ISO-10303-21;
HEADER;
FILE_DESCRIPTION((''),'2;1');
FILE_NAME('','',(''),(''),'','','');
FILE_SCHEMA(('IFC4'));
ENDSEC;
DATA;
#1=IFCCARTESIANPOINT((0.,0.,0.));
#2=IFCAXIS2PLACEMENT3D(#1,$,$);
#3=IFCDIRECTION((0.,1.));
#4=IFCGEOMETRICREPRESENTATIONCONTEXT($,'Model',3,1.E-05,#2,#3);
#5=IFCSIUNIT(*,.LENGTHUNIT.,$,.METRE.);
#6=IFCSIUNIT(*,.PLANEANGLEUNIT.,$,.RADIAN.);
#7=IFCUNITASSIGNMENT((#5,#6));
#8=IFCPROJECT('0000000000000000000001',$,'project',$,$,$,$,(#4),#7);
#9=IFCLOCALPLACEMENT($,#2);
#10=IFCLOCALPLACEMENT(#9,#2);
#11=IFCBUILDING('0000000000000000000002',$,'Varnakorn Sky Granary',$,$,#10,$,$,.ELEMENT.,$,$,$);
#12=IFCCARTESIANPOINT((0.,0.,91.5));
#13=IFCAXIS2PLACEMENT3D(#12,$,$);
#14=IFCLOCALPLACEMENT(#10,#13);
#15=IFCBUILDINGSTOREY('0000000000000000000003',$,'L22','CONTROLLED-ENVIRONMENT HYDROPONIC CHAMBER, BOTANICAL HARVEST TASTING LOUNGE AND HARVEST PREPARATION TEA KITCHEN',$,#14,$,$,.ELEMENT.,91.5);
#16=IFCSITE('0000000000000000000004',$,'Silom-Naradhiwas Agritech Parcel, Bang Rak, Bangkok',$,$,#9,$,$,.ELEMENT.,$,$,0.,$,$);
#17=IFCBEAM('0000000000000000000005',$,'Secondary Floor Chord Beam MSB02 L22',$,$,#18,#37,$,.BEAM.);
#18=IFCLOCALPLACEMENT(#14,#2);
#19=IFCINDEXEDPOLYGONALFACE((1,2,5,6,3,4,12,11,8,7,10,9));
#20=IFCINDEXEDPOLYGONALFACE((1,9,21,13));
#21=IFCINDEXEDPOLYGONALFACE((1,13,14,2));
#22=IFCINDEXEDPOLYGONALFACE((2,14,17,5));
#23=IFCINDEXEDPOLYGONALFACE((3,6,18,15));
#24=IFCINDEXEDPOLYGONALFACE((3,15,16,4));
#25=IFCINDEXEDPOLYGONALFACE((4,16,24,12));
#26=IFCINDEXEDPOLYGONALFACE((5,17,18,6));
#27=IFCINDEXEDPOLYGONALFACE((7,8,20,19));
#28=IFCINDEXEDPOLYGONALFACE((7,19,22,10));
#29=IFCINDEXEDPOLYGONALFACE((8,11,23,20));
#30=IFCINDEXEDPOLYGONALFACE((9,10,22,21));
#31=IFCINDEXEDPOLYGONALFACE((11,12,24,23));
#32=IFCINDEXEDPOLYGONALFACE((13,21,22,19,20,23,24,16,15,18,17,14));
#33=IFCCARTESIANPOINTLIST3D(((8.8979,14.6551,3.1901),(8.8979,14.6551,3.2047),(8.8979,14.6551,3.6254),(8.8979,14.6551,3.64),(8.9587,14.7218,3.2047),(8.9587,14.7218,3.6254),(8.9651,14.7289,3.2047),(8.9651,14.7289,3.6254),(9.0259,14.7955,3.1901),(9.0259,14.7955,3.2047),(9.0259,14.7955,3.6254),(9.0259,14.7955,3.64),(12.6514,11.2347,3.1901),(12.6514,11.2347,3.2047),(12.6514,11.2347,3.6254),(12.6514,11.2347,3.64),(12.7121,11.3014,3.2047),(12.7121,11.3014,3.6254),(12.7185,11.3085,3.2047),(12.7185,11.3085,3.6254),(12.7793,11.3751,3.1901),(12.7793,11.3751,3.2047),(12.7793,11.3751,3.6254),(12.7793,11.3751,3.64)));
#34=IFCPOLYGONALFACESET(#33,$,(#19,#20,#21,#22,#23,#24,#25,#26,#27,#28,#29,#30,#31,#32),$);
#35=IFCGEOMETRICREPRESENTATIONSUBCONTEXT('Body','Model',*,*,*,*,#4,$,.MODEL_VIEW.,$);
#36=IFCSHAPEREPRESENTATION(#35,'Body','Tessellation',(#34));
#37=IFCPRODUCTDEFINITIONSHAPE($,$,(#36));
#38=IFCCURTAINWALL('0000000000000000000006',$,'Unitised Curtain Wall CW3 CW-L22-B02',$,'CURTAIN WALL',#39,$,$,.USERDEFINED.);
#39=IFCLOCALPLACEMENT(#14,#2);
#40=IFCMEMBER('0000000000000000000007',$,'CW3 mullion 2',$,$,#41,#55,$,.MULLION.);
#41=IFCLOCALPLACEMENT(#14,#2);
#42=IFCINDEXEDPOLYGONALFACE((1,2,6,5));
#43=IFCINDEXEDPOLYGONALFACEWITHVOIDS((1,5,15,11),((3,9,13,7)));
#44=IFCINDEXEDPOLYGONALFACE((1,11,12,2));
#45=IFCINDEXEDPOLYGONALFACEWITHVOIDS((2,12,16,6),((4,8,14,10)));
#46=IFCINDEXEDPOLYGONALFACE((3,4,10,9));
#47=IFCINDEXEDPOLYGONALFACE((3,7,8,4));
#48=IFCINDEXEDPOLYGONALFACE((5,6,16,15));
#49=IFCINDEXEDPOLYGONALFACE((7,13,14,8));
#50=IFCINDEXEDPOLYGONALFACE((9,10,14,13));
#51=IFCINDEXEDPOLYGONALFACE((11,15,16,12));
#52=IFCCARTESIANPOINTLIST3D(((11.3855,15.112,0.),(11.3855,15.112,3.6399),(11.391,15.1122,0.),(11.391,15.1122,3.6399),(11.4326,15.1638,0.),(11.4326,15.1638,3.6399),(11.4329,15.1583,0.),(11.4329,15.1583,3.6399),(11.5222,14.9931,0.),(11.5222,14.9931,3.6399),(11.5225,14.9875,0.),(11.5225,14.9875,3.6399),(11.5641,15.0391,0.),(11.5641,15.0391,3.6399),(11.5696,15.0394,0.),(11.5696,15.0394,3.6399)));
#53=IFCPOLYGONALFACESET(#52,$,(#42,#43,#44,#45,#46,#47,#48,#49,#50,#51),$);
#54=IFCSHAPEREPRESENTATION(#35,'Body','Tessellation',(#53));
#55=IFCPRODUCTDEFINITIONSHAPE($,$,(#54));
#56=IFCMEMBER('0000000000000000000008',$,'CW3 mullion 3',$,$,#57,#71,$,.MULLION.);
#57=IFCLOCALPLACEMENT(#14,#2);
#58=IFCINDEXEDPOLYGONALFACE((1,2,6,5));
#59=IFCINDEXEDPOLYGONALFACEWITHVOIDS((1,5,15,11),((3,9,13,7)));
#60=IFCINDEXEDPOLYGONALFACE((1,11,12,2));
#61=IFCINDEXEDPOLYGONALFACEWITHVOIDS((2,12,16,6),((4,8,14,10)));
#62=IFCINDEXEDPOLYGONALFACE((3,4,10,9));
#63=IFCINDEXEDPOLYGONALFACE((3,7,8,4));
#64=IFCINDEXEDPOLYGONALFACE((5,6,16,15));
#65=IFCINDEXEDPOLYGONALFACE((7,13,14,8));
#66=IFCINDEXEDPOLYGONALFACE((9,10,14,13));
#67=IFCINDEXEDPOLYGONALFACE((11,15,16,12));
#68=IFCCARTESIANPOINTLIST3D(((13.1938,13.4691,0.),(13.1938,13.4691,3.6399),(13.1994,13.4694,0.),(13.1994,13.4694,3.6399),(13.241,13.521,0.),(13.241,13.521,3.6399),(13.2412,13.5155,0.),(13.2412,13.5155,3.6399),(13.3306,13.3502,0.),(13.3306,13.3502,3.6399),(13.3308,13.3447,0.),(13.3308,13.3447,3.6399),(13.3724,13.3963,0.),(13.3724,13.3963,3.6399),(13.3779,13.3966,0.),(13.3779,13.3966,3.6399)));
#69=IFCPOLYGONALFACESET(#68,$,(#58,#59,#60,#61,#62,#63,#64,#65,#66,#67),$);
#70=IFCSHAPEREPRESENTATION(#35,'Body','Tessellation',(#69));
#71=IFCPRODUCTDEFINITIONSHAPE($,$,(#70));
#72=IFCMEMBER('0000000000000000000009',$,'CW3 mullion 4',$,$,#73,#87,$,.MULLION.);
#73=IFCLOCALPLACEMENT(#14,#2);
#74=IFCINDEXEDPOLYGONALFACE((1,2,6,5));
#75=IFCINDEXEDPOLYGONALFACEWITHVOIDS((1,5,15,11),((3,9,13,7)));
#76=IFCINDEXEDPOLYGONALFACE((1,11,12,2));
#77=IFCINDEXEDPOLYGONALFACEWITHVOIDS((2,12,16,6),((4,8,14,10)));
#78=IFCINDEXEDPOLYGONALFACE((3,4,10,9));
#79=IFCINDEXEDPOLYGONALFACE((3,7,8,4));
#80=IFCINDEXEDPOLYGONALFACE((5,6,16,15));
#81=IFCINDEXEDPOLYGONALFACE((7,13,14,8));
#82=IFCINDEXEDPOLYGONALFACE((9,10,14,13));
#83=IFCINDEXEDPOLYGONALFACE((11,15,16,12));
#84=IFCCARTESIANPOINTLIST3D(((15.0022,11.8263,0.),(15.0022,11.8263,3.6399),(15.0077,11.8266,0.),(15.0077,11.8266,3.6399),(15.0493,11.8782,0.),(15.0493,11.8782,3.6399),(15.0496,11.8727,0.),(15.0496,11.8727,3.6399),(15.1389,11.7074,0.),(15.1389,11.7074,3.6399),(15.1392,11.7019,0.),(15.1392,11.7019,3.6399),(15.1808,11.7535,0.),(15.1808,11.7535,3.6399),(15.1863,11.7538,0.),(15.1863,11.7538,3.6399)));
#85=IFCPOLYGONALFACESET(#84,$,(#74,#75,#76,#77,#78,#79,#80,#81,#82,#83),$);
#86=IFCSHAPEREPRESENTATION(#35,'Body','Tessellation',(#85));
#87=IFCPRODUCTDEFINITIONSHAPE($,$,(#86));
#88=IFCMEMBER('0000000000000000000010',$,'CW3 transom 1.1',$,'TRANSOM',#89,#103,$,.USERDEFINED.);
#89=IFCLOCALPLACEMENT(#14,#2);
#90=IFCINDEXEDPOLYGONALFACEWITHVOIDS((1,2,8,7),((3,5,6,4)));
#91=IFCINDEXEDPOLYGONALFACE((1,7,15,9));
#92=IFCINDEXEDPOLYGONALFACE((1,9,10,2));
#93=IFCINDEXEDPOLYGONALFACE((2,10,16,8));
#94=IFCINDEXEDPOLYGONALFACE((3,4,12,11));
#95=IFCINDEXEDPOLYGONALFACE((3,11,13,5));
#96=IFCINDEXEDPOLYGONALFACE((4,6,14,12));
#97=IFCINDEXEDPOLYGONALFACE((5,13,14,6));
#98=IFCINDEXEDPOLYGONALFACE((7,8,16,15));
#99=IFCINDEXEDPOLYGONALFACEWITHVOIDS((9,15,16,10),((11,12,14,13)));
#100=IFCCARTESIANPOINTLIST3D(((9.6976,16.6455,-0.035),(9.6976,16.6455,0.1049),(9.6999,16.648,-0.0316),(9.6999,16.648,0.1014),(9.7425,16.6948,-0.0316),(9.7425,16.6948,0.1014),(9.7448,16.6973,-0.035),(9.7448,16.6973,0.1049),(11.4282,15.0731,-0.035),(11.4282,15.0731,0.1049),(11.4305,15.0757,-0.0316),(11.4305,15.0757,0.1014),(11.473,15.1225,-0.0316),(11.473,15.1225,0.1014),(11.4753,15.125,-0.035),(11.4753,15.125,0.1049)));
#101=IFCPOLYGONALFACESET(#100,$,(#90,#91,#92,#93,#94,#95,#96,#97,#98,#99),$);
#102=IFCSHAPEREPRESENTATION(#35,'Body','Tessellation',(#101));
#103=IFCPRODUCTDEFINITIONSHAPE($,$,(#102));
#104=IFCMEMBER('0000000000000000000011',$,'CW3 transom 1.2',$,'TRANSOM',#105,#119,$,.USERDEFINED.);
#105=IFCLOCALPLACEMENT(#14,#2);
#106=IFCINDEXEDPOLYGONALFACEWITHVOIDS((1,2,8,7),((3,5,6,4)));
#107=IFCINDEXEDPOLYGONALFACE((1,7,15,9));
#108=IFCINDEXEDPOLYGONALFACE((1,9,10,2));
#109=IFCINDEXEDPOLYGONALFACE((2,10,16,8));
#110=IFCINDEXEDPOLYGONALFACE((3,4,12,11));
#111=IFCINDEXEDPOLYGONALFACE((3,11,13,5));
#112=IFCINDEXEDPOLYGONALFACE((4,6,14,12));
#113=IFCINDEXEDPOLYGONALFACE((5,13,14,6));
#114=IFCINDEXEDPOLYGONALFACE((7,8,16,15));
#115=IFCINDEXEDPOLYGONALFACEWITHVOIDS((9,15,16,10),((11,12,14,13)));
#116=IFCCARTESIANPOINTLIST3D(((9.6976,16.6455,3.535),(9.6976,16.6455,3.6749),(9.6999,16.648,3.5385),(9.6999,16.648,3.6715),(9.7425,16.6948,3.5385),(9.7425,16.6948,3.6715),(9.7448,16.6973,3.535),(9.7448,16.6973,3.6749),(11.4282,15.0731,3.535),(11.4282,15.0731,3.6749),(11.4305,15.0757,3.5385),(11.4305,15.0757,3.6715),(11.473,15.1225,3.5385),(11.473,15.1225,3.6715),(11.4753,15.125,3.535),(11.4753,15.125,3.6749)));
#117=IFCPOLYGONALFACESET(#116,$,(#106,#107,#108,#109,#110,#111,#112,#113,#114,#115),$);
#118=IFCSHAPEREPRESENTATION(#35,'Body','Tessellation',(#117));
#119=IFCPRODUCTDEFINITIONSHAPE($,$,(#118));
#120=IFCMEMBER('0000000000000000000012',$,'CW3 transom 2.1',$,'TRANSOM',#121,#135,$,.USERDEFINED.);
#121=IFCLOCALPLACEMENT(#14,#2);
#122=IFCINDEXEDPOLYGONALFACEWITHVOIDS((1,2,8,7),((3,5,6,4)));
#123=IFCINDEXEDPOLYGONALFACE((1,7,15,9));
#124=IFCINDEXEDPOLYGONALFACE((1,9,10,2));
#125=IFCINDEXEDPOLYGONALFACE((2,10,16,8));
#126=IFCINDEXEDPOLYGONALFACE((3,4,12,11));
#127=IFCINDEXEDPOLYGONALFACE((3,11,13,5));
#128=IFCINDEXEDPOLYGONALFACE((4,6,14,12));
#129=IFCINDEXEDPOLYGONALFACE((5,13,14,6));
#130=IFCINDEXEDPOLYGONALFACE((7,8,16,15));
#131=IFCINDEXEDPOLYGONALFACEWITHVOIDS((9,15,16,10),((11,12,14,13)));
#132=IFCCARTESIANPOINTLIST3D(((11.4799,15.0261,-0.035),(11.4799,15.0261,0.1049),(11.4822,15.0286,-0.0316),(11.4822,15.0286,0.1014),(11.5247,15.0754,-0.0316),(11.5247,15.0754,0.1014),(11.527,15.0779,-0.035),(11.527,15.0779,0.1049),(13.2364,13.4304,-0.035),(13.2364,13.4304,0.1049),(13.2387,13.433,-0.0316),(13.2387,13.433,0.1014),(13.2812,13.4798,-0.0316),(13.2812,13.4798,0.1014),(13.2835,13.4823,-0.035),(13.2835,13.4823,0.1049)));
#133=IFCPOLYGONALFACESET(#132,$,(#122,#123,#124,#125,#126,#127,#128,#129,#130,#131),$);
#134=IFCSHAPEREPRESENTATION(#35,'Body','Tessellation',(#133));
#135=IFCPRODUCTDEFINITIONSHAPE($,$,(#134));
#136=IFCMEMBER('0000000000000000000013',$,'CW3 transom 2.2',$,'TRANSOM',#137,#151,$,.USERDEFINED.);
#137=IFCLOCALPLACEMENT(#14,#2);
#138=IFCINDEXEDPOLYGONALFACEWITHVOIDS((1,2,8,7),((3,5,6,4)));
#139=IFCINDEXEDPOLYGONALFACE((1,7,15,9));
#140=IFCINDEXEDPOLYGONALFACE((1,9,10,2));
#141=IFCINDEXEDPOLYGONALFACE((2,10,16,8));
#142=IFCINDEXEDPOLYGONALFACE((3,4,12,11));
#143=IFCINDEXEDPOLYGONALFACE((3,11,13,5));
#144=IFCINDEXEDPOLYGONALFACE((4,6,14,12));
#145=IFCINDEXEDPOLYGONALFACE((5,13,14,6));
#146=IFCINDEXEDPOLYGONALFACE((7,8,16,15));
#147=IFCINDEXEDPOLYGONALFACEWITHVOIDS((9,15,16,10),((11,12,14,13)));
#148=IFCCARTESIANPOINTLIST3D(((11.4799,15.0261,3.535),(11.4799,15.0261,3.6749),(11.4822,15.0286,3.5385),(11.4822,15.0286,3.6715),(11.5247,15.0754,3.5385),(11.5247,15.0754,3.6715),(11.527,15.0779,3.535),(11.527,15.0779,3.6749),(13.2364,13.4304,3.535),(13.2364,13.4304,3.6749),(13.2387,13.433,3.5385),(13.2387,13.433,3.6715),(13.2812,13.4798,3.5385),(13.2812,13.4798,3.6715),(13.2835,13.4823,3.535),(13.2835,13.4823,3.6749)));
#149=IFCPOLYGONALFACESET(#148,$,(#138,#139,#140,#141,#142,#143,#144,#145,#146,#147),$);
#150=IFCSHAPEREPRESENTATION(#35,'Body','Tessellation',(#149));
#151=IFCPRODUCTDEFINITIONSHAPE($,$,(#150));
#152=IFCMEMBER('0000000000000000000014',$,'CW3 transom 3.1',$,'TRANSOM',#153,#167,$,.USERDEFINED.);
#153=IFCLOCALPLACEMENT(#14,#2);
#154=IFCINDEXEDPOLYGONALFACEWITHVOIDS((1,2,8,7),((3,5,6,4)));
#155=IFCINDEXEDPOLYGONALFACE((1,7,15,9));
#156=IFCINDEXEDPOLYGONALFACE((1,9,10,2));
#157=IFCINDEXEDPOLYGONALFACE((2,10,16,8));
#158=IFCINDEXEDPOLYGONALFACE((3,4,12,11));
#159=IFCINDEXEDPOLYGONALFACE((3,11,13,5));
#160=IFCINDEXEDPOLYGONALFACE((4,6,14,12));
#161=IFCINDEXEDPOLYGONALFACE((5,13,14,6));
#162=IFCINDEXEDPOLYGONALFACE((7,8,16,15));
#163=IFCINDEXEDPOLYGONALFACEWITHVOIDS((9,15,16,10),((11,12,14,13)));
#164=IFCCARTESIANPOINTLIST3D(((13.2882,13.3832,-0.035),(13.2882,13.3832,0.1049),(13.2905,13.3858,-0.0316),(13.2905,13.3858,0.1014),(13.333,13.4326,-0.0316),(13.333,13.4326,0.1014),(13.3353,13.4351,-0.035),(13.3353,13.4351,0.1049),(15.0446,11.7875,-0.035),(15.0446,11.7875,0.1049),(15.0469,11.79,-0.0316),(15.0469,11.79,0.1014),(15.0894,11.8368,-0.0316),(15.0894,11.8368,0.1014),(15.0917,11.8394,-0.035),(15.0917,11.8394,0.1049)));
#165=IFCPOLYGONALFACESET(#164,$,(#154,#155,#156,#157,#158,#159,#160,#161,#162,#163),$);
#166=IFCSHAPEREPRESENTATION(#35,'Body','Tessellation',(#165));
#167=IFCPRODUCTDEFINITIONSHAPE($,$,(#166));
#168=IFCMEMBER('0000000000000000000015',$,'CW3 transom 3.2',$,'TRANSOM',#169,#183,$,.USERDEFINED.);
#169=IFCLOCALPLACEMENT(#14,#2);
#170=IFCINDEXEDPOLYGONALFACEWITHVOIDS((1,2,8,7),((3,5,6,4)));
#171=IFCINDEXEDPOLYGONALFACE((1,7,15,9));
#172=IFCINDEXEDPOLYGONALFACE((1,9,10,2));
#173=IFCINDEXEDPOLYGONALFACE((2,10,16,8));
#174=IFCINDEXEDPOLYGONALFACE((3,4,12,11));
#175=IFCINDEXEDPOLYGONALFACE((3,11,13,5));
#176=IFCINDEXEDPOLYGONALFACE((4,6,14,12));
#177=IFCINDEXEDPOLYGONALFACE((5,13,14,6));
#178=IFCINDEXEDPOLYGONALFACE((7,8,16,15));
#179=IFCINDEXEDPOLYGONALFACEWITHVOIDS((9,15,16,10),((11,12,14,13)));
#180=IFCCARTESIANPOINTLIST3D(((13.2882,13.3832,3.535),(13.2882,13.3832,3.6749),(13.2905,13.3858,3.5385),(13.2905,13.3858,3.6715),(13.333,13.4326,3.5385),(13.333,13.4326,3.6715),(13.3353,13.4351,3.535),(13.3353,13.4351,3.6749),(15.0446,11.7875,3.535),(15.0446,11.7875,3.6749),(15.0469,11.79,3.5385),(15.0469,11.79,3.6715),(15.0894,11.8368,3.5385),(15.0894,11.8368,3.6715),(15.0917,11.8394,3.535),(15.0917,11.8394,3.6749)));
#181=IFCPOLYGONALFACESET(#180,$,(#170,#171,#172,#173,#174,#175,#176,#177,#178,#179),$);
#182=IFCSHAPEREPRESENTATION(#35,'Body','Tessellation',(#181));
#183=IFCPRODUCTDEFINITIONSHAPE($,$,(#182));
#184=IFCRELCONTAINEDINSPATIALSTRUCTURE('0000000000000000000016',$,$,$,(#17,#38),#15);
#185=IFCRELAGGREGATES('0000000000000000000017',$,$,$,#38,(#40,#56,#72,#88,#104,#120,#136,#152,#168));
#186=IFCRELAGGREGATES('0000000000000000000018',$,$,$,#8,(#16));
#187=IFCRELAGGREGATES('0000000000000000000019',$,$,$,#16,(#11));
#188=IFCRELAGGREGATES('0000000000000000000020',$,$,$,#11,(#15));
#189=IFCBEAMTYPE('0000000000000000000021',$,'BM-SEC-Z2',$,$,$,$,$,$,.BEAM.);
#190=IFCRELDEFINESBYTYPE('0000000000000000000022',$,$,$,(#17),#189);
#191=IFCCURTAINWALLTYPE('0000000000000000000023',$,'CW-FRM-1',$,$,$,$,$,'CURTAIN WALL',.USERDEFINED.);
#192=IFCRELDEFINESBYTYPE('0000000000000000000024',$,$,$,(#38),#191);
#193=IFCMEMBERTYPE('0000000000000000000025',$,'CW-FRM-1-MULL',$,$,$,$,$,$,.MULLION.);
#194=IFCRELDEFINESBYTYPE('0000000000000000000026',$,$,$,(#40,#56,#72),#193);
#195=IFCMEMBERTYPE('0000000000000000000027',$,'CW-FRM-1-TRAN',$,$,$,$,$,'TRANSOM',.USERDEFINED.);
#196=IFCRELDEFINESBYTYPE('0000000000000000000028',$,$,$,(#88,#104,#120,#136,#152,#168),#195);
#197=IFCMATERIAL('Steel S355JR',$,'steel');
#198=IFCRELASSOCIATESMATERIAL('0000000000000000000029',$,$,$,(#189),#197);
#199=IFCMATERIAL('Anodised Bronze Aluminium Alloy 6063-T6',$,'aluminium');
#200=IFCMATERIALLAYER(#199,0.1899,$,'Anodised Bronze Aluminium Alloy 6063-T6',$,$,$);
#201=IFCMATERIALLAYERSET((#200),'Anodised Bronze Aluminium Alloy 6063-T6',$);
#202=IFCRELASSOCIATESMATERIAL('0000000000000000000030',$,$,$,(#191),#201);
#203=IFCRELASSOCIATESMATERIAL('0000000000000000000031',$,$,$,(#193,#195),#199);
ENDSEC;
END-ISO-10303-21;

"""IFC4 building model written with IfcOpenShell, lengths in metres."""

from ifc_helpers import new_model, si_unit, direction, frame, origin, origin_2d, place, context, subcontext, project, spatial, hollow_rectangle, i_section, extrude, material, layer, layer_set, material_profile, profile_set, type_object, element, aggregate, save


model = new_model("IFC4")

# Units and contexts
model_context = context("Model", 3, precision=1e-05, world=origin(), true_north=direction((0.0, 1.0)))
body_context = subcontext(model_context, "Body", "Model", "MODEL_VIEW")
ifc_project = project(units=[si_unit("LENGTHUNIT", "METRE"), si_unit("PLANEANGLEUNIT", "RADIAN")], contexts=[model_context])

# Site, building, storey
site_placement = place(None, origin())
site = spatial("IfcSite", under=ifc_project, at=site_placement, Name="Silom-Naradhiwas Agritech Parcel, Bang Rak, Bangkok", CompositionType="ELEMENT", RefElevation=0.0)
building_placement = place(site_placement, origin())
building = spatial("IfcBuilding", under=site, at=building_placement, Name="Varnakorn Sky Granary", CompositionType="ELEMENT")
storey_placement = place(building_placement, frame((0.0, 0.0, 91.5)))
storey = spatial("IfcBuildingStorey", under=building, at=storey_placement, Name="L22", Description="CONTROLLED-ENVIRONMENT HYDROPONIC CHAMBER, BOTANICAL HARVEST TASTING LOUNGE AND HARVEST PREPARATION TEA KITCHEN", CompositionType="ELEMENT", Elevation=91.5)

# Beam
ifc_material_1 = material(Name="Steel S355JR", Category="steel")
ifc_material_profile_1 = material_profile(ifc_material_1, i_section(OverallWidth=0.1899, OverallDepth=0.45, WebThickness=0.0095, FlangeThickness=0.0146, at=origin_2d()), Name="IPE 450")
ifc_profile_set_1 = profile_set([ifc_material_profile_1], Name="Steel S355JR")
beam_type = type_object("IfcBeamType", Name="BM-SEC-Z2", PredefinedType="BEAM", material=ifc_profile_set_1)
beam_placement = place(storey_placement, frame((12.7153, 11.3049, 3.415), z_axis=(-0.739135, 0.673558, 0.0), x_axis=(-0.673558, -0.739135, 0.0)))
element("IfcBeam", 1, at=beam_placement, inside=storey, type_object=beam_type, Name="Secondary Floor Chord Beam MSB02 L22", PredefinedType="BEAM", context=body_context, shape_type="SweptSolid", body=[
    extrude(i_section(OverallWidth=0.1899, OverallDepth=0.45, WebThickness=0.0095, FlangeThickness=0.0146, at=origin_2d()), origin(), (0.0, 0.0, 1.0), 5.0781),
])

# Curtain wall, members
ifc_material_2 = material(Name="Anodised Bronze Aluminium Alloy 6063-T6", Category="aluminium")
ifc_layer_1 = layer(ifc_material_2, 0.1899, Name="Anodised Bronze Aluminium Alloy 6063-T6")
ifc_layer_set_1 = layer_set([ifc_layer_1], Name="Anodised Bronze Aluminium Alloy 6063-T6")
curtain_wall_type = type_object("IfcCurtainWallType", Name="CW-FRM-1", ElementType="CURTAIN WALL", PredefinedType="USERDEFINED", material=ifc_layer_set_1)
curtain_wall_placement = place(storey_placement, origin())
curtain_wall = element("IfcCurtainWall", 2, at=curtain_wall_placement, inside=storey, type_object=curtain_wall_type, Name="Unitised Curtain Wall CW3 CW-L22-B02", ObjectType="CURTAIN WALL", PredefinedType="USERDEFINED")
ifc_material_profile_2 = material_profile(ifc_material_2, hollow_rectangle(XDim=0.0701, YDim=0.1851, WallThickness=0.0039, at=origin_2d()), Name="ALU MULL 70x185")
ifc_profile_set_2 = profile_set([ifc_material_profile_2], Name="Anodised Bronze Aluminium Alloy 6063-T6")
member_type_1 = type_object("IfcMemberType", Name="CW-FRM-1-MULL", PredefinedType="MULLION", material=ifc_profile_set_2)
member_1_placement = place(storey_placement, frame((11.4775, 15.0757, 0.0), z_axis=(0.0, 0.0, 1.0), x_axis=(0.672429, 0.740161, 0.0)))
member_1 = element("IfcMember", 3, at=member_1_placement, type_object=member_type_1, Name="CW3 mullion 2", PredefinedType="MULLION", context=body_context, shape_type="SweptSolid", body=[
    extrude(hollow_rectangle(XDim=0.0701, YDim=0.1851, WallThickness=0.0039, at=origin_2d()), origin(), (0.0, 0.0, 1.0), 3.6399),
])
member_2_placement = place(storey_placement, frame((13.2859, 13.4329, 0.0), z_axis=(0.0, 0.0, 1.0), x_axis=(0.672429, 0.740161, 0.0)))
member_2 = element("IfcMember", 4, at=member_2_placement, type_object=member_type_1, Name="CW3 mullion 3", PredefinedType="MULLION", context=body_context, shape_type="SweptSolid", body=[
    extrude(hollow_rectangle(XDim=0.0701, YDim=0.1851, WallThickness=0.0039, at=origin_2d()), origin(), (0.0, 0.0, 1.0), 3.6399),
])
member_3_placement = place(storey_placement, frame((15.0942, 11.79, 0.0), z_axis=(0.0, 0.0, 1.0), x_axis=(0.672429, 0.740161, 0.0)))
member_3 = element("IfcMember", 5, at=member_3_placement, type_object=member_type_1, Name="CW3 mullion 4", PredefinedType="MULLION", context=body_context, shape_type="SweptSolid", body=[
    extrude(hollow_rectangle(XDim=0.0701, YDim=0.1851, WallThickness=0.0039, at=origin_2d()), origin(), (0.0, 0.0, 1.0), 3.6399),
])
ifc_material_profile_3 = material_profile(ifc_material_2, hollow_rectangle(XDim=0.0701, YDim=0.1399, WallThickness=0.0034, at=origin_2d()), Name="ALU TRAN 70x140")
ifc_profile_set_3 = profile_set([ifc_material_profile_3], Name="Anodised Bronze Aluminium Alloy 6063-T6")
member_type_2 = type_object("IfcMemberType", Name="CW-FRM-1-TRAN", ElementType="TRANSOM", PredefinedType="USERDEFINED", material=ifc_profile_set_3)
member_4_placement = place(storey_placement, frame((9.7212, 16.6714, 0.0349), z_axis=(0.740129, -0.672465, 0.0), x_axis=(0.672465, 0.740129, 0.0)))
member_4 = element("IfcMember", 6, at=member_4_placement, type_object=member_type_2, Name="CW3 transom 1.1", ObjectType="TRANSOM", PredefinedType="USERDEFINED", context=body_context, shape_type="SweptSolid", body=[
    extrude(hollow_rectangle(XDim=0.0701, YDim=0.1399, WallThickness=0.0034, at=origin_2d()), origin(), (0.0, 0.0, 1.0), 2.3381),
])
member_5_placement = place(storey_placement, frame((9.7212, 16.6714, 3.605), z_axis=(0.740129, -0.672465, 0.0), x_axis=(0.672465, 0.740129, 0.0)))
member_5 = element("IfcMember", 7, at=member_5_placement, type_object=member_type_2, Name="CW3 transom 1.2", ObjectType="TRANSOM", PredefinedType="USERDEFINED", context=body_context, shape_type="SweptSolid", body=[
    extrude(hollow_rectangle(XDim=0.0701, YDim=0.1399, WallThickness=0.0034, at=origin_2d()), origin(), (0.0, 0.0, 1.0), 2.3381),
])
member_6_placement = place(storey_placement, frame((11.5034, 15.052, 0.0349), z_axis=(0.740191, -0.672396, 0.0), x_axis=(0.672396, 0.740191, 0.0)))
member_6 = element("IfcMember", 8, at=member_6_placement, type_object=member_type_2, Name="CW3 transom 2.1", ObjectType="TRANSOM", PredefinedType="USERDEFINED", context=body_context, shape_type="SweptSolid", body=[
    extrude(hollow_rectangle(XDim=0.0701, YDim=0.1399, WallThickness=0.0034, at=origin_2d()), origin(), (0.0, 0.0, 1.0), 2.373),
])
member_7_placement = place(storey_placement, frame((11.5034, 15.052, 3.605), z_axis=(0.740191, -0.672396, 0.0), x_axis=(0.672396, 0.740191, 0.0)))
member_7 = element("IfcMember", 9, at=member_7_placement, type_object=member_type_2, Name="CW3 transom 2.2", ObjectType="TRANSOM", PredefinedType="USERDEFINED", context=body_context, shape_type="SweptSolid", body=[
    extrude(hollow_rectangle(XDim=0.0701, YDim=0.1399, WallThickness=0.0034, at=origin_2d()), origin(), (0.0, 0.0, 1.0), 2.373),
])
member_8_placement = place(storey_placement, frame((13.3118, 13.4092, 0.0349), z_axis=(0.740145, -0.672447, 0.0), x_axis=(0.672447, 0.740145, 0.0)))
member_8 = element("IfcMember", 10, at=member_8_placement, type_object=member_type_2, Name="CW3 transom 3.1", ObjectType="TRANSOM", PredefinedType="USERDEFINED", context=body_context, shape_type="SweptSolid", body=[
    extrude(hollow_rectangle(XDim=0.0701, YDim=0.1399, WallThickness=0.0034, at=origin_2d()), origin(), (0.0, 0.0, 1.0), 2.373),
])
member_9_placement = place(storey_placement, frame((13.3118, 13.4092, 3.605), z_axis=(0.740145, -0.672447, 0.0), x_axis=(0.672447, 0.740145, 0.0)))
member_9 = element("IfcMember", 11, at=member_9_placement, type_object=member_type_2, Name="CW3 transom 3.2", ObjectType="TRANSOM", PredefinedType="USERDEFINED", context=body_context, shape_type="SweptSolid", body=[
    extrude(hollow_rectangle(XDim=0.0701, YDim=0.1399, WallThickness=0.0034, at=origin_2d()), origin(), (0.0, 0.0, 1.0), 2.373),
])

aggregate(curtain_wall, [member_1, member_2, member_3, member_4, member_5, member_6, member_7, member_8, member_9])

save(model, "model.ifc")
